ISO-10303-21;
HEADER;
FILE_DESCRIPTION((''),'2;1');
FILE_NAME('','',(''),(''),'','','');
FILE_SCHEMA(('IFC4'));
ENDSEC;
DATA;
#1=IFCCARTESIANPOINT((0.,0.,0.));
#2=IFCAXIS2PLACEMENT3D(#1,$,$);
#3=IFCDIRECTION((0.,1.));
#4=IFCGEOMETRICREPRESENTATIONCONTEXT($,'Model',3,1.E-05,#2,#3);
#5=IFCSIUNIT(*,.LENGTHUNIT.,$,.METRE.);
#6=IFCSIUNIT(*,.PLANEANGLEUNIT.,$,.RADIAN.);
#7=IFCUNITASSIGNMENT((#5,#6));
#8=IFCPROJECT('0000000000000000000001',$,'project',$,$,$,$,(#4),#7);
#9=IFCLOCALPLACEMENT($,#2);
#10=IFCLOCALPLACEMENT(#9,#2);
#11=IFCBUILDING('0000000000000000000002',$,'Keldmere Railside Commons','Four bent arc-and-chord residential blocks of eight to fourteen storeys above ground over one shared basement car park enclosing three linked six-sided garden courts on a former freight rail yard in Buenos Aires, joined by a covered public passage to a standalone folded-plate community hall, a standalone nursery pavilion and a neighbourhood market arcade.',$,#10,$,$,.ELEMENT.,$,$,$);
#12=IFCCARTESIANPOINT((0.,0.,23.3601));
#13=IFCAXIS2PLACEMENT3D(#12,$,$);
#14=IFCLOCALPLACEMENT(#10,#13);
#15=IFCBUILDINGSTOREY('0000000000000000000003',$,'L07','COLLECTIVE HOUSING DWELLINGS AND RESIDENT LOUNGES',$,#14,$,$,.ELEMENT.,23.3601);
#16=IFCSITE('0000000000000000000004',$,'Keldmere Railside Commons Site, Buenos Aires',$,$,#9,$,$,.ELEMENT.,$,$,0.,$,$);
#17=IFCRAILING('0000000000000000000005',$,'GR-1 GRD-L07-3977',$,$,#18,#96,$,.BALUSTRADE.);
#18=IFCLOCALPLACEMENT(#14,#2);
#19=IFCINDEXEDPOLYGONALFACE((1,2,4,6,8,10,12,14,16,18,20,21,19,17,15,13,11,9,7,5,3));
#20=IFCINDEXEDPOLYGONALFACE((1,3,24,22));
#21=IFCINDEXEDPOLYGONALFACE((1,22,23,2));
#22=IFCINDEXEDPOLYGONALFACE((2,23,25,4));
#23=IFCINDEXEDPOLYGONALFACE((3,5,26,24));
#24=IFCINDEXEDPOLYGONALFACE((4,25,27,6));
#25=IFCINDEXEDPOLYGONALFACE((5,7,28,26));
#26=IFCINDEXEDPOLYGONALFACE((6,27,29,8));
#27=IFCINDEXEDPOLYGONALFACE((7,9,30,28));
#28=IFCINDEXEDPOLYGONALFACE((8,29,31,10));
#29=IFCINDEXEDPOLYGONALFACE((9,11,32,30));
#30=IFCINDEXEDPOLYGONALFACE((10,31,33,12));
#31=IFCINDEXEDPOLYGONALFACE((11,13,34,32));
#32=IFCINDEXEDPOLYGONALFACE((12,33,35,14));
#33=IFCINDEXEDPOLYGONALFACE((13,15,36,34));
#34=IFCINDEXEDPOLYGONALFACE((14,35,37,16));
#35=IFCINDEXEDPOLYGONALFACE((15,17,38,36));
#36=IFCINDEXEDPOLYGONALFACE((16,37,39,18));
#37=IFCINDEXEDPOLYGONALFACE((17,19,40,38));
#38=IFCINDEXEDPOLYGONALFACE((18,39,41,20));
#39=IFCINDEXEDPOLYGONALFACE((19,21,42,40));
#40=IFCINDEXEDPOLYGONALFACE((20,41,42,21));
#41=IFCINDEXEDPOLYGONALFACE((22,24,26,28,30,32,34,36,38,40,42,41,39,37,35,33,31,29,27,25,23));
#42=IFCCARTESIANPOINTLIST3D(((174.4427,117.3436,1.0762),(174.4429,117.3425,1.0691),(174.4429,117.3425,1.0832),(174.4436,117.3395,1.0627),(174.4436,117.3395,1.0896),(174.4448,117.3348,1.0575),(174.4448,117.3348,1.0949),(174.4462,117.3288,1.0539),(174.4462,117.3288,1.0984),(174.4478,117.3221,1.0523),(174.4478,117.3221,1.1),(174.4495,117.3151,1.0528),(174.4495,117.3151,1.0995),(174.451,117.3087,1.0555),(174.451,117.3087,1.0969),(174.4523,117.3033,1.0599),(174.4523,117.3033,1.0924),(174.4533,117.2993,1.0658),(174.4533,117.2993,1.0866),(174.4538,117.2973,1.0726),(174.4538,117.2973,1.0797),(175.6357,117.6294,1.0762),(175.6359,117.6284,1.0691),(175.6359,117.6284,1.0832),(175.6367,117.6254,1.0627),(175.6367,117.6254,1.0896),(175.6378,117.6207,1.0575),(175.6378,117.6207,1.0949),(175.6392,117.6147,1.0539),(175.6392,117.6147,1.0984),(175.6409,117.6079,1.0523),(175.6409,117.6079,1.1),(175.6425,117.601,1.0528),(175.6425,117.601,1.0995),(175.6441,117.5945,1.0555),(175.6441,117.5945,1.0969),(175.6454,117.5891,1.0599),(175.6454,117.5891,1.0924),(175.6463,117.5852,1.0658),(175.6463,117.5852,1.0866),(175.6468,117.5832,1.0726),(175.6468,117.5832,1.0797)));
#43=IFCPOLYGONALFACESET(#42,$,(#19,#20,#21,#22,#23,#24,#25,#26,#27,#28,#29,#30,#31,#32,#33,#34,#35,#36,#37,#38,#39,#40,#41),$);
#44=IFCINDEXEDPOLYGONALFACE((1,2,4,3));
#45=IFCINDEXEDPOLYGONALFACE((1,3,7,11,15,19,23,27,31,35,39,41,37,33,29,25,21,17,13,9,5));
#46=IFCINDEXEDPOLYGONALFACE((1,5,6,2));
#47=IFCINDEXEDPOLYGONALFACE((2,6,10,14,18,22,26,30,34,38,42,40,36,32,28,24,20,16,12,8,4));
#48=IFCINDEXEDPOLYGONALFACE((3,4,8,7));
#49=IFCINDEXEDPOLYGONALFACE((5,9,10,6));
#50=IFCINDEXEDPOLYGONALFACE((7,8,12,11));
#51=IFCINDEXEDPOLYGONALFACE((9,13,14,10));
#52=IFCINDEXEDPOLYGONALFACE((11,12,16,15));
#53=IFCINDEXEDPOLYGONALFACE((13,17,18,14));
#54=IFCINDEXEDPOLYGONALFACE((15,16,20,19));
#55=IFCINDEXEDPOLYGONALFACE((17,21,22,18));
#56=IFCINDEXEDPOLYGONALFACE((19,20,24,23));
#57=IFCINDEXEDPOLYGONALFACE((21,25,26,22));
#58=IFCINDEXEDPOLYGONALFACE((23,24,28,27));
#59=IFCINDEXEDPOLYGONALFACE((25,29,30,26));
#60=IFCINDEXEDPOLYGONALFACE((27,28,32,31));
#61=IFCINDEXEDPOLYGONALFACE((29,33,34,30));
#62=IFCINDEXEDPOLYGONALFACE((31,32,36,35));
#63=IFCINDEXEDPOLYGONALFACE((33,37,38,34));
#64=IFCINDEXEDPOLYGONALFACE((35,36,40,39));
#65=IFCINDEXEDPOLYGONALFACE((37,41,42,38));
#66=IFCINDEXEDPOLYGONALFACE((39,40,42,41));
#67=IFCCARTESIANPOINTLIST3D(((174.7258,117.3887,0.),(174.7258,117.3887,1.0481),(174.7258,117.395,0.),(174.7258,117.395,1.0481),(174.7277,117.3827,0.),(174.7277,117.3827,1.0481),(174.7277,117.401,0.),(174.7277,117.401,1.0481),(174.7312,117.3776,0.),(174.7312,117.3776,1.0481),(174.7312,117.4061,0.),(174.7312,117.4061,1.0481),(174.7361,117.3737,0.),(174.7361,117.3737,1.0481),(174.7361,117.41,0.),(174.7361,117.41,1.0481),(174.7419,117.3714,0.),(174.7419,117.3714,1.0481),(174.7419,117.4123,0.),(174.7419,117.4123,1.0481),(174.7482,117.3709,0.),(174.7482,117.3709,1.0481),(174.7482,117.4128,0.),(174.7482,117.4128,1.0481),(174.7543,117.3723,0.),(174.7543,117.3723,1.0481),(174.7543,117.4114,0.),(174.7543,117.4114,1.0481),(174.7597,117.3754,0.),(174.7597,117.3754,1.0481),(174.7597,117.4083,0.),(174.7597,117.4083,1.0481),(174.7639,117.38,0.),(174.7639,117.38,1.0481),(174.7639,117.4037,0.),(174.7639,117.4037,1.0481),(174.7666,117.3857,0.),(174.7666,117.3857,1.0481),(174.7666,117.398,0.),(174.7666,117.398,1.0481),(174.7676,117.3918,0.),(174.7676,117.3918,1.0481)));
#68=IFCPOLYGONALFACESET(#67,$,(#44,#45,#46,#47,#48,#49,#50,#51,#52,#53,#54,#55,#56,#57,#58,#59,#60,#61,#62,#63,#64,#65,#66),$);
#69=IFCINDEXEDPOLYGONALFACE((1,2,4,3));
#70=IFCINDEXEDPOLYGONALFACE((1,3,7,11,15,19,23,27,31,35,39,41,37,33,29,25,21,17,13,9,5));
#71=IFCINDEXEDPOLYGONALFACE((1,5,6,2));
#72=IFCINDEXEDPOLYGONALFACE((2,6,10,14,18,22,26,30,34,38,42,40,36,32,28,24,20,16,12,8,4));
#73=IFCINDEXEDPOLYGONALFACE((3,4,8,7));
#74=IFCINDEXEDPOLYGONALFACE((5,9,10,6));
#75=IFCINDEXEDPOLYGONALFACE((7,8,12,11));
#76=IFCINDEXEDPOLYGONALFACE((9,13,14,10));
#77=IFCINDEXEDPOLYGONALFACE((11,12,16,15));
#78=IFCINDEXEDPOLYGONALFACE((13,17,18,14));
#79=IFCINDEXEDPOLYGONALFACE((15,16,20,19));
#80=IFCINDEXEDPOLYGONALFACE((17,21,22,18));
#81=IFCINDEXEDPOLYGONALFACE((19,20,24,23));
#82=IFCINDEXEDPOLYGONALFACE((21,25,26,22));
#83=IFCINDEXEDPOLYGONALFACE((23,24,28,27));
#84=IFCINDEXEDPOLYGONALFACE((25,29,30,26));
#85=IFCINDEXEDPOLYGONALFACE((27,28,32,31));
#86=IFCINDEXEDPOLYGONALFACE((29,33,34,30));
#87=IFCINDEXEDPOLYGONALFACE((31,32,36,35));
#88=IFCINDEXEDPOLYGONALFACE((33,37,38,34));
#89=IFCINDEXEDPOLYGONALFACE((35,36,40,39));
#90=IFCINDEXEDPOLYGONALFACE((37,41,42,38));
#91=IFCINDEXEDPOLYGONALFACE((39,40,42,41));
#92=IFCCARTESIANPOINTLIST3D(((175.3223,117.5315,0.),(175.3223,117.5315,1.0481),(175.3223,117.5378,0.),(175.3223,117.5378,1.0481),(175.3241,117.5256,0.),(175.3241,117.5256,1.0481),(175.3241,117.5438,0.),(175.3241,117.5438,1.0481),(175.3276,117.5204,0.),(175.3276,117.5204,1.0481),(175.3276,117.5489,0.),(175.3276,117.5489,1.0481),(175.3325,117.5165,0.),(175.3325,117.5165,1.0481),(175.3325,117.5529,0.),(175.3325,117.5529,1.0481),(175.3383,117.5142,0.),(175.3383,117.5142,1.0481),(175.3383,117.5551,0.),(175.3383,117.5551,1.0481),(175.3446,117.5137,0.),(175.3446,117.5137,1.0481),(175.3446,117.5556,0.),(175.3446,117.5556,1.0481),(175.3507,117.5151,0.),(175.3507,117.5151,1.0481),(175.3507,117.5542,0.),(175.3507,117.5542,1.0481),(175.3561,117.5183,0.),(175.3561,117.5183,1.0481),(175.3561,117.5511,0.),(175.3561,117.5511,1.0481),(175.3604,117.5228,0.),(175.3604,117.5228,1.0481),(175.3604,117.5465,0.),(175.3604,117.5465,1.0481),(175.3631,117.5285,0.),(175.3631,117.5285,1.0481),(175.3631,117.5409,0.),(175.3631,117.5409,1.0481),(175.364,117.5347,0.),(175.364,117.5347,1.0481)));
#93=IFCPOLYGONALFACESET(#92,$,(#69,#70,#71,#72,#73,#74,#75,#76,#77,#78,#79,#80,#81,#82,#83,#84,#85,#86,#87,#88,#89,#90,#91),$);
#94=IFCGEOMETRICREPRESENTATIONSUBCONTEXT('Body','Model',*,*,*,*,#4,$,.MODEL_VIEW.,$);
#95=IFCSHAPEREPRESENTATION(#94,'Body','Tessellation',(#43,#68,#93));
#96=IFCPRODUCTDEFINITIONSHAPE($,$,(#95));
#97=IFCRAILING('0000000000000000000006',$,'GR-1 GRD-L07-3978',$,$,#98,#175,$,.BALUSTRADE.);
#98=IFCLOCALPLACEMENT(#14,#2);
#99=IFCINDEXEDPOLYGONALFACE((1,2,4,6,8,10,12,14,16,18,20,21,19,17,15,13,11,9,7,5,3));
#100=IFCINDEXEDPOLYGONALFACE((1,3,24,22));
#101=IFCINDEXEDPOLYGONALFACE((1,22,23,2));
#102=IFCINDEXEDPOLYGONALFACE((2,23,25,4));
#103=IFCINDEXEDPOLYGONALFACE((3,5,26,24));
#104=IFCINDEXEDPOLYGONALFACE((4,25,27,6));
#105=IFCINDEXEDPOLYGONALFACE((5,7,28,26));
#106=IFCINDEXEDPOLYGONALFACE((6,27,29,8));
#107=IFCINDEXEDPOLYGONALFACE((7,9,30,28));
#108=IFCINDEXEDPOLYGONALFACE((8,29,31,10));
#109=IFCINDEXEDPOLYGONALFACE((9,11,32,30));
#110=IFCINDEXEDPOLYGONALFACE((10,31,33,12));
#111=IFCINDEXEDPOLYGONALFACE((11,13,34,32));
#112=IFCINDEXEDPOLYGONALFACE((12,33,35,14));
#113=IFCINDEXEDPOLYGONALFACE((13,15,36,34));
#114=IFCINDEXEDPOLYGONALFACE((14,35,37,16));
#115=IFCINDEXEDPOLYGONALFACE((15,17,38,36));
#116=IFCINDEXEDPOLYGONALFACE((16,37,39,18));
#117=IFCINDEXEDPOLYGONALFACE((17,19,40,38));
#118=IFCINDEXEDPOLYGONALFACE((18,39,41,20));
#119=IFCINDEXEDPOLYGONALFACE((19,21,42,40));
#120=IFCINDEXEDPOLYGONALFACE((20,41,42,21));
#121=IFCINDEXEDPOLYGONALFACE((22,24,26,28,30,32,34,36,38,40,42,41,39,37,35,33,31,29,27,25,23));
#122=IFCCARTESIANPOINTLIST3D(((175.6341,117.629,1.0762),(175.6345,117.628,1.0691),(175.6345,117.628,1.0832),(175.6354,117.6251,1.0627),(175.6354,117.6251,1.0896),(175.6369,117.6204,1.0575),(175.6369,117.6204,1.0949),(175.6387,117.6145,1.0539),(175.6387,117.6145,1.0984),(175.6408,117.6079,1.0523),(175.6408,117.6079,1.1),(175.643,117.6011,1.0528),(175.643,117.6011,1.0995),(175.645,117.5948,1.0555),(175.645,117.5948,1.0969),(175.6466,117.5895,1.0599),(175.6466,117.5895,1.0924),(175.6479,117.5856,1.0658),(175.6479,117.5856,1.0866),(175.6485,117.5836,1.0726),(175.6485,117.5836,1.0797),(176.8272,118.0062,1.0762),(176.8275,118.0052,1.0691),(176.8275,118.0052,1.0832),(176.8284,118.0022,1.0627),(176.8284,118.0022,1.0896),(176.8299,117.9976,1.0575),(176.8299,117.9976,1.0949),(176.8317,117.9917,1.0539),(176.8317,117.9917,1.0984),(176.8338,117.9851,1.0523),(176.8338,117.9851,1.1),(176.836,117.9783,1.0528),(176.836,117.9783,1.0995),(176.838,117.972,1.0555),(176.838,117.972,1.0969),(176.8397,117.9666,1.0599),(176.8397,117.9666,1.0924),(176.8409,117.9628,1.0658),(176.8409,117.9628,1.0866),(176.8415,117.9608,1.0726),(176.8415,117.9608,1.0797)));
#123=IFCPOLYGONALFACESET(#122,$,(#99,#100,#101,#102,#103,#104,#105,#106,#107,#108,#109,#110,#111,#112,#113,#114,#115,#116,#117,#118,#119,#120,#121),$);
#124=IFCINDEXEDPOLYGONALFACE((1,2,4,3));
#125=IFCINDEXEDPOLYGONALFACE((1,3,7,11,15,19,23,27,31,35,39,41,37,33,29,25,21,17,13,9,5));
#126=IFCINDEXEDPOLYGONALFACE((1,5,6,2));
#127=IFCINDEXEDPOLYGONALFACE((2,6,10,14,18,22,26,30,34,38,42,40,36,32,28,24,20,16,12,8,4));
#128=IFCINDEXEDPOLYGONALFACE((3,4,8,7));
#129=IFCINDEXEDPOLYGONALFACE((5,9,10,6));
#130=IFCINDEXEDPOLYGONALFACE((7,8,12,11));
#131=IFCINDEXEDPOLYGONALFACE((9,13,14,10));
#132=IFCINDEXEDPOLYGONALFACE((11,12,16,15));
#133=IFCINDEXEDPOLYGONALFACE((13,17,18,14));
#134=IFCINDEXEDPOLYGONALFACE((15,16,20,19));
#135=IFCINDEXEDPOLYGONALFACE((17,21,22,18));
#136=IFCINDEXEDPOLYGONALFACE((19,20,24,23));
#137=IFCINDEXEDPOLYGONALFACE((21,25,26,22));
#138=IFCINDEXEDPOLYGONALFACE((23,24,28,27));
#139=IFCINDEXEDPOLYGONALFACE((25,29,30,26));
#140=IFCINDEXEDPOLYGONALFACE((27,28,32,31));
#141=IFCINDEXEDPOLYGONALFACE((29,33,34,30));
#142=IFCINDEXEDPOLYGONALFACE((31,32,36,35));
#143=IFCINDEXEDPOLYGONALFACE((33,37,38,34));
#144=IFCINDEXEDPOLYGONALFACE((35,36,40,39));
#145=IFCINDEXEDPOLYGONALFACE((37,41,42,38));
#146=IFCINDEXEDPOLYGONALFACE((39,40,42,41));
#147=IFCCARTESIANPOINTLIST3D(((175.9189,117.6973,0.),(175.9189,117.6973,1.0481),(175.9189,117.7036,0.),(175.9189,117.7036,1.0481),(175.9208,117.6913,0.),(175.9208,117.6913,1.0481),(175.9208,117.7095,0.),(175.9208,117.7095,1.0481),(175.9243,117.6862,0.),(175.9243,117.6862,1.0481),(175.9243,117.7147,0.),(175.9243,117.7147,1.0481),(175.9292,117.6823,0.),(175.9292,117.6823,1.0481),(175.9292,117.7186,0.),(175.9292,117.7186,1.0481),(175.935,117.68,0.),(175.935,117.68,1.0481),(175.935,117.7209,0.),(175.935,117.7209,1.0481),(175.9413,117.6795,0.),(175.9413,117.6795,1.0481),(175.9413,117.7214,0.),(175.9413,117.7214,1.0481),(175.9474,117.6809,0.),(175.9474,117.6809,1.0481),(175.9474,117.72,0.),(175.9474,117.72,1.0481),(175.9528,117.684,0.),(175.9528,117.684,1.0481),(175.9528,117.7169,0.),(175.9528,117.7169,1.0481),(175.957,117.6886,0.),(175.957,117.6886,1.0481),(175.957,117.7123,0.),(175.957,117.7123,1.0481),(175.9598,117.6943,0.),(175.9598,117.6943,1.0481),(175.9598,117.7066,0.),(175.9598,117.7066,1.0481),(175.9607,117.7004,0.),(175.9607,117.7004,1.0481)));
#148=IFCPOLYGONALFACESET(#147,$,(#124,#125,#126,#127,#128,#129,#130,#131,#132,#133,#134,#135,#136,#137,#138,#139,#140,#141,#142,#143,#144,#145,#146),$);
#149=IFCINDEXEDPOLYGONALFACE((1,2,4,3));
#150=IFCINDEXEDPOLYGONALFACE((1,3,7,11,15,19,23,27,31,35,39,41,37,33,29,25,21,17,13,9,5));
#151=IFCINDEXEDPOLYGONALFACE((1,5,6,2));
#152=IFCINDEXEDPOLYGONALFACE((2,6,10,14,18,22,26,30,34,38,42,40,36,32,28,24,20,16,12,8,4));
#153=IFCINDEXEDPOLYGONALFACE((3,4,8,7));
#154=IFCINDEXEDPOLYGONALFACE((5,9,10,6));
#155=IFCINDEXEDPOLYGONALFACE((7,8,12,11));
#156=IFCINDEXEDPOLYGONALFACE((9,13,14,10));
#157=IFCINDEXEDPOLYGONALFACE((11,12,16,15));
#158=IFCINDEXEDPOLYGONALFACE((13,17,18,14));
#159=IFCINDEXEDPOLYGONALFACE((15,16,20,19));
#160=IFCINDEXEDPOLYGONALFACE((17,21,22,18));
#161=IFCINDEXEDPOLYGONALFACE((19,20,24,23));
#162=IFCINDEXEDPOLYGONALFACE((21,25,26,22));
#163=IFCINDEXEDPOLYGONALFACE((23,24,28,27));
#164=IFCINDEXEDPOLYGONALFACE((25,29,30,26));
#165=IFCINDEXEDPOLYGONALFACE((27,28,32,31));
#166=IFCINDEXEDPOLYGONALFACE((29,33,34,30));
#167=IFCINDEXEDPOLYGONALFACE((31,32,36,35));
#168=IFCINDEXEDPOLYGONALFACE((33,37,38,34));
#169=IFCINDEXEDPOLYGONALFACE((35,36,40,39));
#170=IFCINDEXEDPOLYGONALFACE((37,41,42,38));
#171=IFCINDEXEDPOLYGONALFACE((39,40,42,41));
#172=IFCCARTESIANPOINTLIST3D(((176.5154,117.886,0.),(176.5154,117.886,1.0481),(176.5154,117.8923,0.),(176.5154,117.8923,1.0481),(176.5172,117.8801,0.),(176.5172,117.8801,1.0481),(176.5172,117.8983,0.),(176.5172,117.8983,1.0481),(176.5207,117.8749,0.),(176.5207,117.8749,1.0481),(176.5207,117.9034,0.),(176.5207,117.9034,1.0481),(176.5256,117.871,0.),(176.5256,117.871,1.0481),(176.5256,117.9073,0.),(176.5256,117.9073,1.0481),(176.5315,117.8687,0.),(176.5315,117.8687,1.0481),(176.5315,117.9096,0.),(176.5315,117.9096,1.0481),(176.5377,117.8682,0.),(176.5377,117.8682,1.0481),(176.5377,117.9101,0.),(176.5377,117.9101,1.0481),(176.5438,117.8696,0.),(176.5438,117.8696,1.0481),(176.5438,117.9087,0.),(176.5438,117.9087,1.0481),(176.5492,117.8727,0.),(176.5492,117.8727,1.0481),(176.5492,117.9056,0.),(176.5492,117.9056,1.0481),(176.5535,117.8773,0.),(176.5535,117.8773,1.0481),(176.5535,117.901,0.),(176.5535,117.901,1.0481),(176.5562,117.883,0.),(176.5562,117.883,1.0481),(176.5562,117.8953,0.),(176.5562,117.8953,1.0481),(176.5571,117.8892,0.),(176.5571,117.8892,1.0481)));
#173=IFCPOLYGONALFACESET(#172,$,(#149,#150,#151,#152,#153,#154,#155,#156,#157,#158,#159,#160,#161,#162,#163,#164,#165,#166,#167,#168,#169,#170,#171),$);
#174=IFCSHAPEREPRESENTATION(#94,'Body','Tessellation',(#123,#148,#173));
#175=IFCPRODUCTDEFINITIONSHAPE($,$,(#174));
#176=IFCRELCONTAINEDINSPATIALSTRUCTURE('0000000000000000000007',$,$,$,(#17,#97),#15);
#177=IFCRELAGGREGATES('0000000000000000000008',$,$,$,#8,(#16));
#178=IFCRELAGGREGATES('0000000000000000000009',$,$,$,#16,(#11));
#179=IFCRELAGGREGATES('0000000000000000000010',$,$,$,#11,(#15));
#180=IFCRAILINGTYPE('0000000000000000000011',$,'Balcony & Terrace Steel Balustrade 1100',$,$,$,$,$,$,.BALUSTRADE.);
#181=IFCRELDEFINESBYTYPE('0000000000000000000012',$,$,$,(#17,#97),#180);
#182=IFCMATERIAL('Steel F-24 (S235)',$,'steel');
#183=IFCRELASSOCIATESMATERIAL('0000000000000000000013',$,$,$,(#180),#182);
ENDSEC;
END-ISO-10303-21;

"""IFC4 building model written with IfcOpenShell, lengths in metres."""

from ifc_helpers import new_model, si_unit, direction, frame, origin, origin_2d, place, context, subcontext, project, spatial, circle, extrude, material, type_object, element, save


model = new_model("IFC4")

# Units and contexts
model_context = context("Model", 3, precision=1e-05, world=origin(), true_north=direction((0.0, 1.0)))
body_context = subcontext(model_context, "Body", "Model", "MODEL_VIEW")
ifc_project = project(units=[si_unit("LENGTHUNIT", "METRE"), si_unit("PLANEANGLEUNIT", "RADIAN")], contexts=[model_context])

# Site, building, storey
site_placement = place(None, origin())
site = spatial("IfcSite", under=ifc_project, at=site_placement, Name="Keldmere Railside Commons Site, Buenos Aires", CompositionType="ELEMENT", RefElevation=0.0)
building_placement = place(site_placement, origin())
building = spatial("IfcBuilding", under=site, at=building_placement, Name="Keldmere Railside Commons", Description="Four bent arc-and-chord residential blocks of eight to fourteen storeys above ground over one shared basement car park enclosing three linked six-sided garden courts on a former freight rail yard in Buenos Aires, joined by a covered public passage to a standalone folded-plate community hall, a standalone nursery pavilion and a neighbourhood market arcade.", CompositionType="ELEMENT")
storey_placement = place(building_placement, frame((0.0, 0.0, 23.3601)))
storey = spatial("IfcBuildingStorey", under=building, at=storey_placement, Name="L07", Description="COLLECTIVE HOUSING DWELLINGS AND RESIDENT LOUNGES", CompositionType="ELEMENT", Elevation=23.3601)

# Railings
ifc_material_1 = material(Name="Steel F-24 (S235)", Category="steel")
railing_type = type_object("IfcRailingType", Name="Balcony & Terrace Steel Balustrade 1100", PredefinedType="BALUSTRADE", material=ifc_material_1)
railing_1_placement = place(storey_placement, frame((174.4482, 117.3203, 0.0)))
element("IfcRailing", 1, at=railing_1_placement, inside=storey, type_object=railing_type, Name="GR-1 GRD-L07-3977", PredefinedType="BALUSTRADE", context=body_context, shape_type="SweptSolid", body=[
    extrude(circle(Radius=0.0239, at=origin_2d()), frame((0.0, 0.0, 1.0762), z_axis=(0.972472, 0.233019, 0.0), x_axis=(-0.233019, 0.972472, 0.0)), (0.0, 0.0, 1.0), 1.2268),
    extrude(circle(Radius=0.021, at=origin_2d()), frame((0.2983, 0.0715, 0.0)), (0.0, 0.0, 1.0), 1.0481),
    extrude(circle(Radius=0.021, at=origin_2d()), frame((0.8948, 0.2144, 0.0)), (0.0, 0.0, 1.0), 1.0481),
])
railing_2_placement = place(storey_placement, frame((175.6414, 117.6062, 0.0)))
element("IfcRailing", 2, at=railing_2_placement, inside=storey, type_object=railing_type, Name="GR-1 GRD-L07-3978", PredefinedType="BALUSTRADE", context=body_context, shape_type="SweptSolid", body=[
    extrude(circle(Radius=0.0239, at=origin_2d()), frame((0.0, 0.0, 1.0762), z_axis=(0.953485, 0.301439, 0.0), x_axis=(-0.301439, 0.953485, 0.0)), (0.0, 0.0, 1.0), 1.2512),
    extrude(circle(Radius=0.021, at=origin_2d()), frame((0.2983, 0.0942, 0.0)), (0.0, 0.0, 1.0), 1.0481),
    extrude(circle(Radius=0.021, at=origin_2d()), frame((0.8948, 0.283, 0.0)), (0.0, 0.0, 1.0), 1.0481),
])

save(model, "model.ifc")
